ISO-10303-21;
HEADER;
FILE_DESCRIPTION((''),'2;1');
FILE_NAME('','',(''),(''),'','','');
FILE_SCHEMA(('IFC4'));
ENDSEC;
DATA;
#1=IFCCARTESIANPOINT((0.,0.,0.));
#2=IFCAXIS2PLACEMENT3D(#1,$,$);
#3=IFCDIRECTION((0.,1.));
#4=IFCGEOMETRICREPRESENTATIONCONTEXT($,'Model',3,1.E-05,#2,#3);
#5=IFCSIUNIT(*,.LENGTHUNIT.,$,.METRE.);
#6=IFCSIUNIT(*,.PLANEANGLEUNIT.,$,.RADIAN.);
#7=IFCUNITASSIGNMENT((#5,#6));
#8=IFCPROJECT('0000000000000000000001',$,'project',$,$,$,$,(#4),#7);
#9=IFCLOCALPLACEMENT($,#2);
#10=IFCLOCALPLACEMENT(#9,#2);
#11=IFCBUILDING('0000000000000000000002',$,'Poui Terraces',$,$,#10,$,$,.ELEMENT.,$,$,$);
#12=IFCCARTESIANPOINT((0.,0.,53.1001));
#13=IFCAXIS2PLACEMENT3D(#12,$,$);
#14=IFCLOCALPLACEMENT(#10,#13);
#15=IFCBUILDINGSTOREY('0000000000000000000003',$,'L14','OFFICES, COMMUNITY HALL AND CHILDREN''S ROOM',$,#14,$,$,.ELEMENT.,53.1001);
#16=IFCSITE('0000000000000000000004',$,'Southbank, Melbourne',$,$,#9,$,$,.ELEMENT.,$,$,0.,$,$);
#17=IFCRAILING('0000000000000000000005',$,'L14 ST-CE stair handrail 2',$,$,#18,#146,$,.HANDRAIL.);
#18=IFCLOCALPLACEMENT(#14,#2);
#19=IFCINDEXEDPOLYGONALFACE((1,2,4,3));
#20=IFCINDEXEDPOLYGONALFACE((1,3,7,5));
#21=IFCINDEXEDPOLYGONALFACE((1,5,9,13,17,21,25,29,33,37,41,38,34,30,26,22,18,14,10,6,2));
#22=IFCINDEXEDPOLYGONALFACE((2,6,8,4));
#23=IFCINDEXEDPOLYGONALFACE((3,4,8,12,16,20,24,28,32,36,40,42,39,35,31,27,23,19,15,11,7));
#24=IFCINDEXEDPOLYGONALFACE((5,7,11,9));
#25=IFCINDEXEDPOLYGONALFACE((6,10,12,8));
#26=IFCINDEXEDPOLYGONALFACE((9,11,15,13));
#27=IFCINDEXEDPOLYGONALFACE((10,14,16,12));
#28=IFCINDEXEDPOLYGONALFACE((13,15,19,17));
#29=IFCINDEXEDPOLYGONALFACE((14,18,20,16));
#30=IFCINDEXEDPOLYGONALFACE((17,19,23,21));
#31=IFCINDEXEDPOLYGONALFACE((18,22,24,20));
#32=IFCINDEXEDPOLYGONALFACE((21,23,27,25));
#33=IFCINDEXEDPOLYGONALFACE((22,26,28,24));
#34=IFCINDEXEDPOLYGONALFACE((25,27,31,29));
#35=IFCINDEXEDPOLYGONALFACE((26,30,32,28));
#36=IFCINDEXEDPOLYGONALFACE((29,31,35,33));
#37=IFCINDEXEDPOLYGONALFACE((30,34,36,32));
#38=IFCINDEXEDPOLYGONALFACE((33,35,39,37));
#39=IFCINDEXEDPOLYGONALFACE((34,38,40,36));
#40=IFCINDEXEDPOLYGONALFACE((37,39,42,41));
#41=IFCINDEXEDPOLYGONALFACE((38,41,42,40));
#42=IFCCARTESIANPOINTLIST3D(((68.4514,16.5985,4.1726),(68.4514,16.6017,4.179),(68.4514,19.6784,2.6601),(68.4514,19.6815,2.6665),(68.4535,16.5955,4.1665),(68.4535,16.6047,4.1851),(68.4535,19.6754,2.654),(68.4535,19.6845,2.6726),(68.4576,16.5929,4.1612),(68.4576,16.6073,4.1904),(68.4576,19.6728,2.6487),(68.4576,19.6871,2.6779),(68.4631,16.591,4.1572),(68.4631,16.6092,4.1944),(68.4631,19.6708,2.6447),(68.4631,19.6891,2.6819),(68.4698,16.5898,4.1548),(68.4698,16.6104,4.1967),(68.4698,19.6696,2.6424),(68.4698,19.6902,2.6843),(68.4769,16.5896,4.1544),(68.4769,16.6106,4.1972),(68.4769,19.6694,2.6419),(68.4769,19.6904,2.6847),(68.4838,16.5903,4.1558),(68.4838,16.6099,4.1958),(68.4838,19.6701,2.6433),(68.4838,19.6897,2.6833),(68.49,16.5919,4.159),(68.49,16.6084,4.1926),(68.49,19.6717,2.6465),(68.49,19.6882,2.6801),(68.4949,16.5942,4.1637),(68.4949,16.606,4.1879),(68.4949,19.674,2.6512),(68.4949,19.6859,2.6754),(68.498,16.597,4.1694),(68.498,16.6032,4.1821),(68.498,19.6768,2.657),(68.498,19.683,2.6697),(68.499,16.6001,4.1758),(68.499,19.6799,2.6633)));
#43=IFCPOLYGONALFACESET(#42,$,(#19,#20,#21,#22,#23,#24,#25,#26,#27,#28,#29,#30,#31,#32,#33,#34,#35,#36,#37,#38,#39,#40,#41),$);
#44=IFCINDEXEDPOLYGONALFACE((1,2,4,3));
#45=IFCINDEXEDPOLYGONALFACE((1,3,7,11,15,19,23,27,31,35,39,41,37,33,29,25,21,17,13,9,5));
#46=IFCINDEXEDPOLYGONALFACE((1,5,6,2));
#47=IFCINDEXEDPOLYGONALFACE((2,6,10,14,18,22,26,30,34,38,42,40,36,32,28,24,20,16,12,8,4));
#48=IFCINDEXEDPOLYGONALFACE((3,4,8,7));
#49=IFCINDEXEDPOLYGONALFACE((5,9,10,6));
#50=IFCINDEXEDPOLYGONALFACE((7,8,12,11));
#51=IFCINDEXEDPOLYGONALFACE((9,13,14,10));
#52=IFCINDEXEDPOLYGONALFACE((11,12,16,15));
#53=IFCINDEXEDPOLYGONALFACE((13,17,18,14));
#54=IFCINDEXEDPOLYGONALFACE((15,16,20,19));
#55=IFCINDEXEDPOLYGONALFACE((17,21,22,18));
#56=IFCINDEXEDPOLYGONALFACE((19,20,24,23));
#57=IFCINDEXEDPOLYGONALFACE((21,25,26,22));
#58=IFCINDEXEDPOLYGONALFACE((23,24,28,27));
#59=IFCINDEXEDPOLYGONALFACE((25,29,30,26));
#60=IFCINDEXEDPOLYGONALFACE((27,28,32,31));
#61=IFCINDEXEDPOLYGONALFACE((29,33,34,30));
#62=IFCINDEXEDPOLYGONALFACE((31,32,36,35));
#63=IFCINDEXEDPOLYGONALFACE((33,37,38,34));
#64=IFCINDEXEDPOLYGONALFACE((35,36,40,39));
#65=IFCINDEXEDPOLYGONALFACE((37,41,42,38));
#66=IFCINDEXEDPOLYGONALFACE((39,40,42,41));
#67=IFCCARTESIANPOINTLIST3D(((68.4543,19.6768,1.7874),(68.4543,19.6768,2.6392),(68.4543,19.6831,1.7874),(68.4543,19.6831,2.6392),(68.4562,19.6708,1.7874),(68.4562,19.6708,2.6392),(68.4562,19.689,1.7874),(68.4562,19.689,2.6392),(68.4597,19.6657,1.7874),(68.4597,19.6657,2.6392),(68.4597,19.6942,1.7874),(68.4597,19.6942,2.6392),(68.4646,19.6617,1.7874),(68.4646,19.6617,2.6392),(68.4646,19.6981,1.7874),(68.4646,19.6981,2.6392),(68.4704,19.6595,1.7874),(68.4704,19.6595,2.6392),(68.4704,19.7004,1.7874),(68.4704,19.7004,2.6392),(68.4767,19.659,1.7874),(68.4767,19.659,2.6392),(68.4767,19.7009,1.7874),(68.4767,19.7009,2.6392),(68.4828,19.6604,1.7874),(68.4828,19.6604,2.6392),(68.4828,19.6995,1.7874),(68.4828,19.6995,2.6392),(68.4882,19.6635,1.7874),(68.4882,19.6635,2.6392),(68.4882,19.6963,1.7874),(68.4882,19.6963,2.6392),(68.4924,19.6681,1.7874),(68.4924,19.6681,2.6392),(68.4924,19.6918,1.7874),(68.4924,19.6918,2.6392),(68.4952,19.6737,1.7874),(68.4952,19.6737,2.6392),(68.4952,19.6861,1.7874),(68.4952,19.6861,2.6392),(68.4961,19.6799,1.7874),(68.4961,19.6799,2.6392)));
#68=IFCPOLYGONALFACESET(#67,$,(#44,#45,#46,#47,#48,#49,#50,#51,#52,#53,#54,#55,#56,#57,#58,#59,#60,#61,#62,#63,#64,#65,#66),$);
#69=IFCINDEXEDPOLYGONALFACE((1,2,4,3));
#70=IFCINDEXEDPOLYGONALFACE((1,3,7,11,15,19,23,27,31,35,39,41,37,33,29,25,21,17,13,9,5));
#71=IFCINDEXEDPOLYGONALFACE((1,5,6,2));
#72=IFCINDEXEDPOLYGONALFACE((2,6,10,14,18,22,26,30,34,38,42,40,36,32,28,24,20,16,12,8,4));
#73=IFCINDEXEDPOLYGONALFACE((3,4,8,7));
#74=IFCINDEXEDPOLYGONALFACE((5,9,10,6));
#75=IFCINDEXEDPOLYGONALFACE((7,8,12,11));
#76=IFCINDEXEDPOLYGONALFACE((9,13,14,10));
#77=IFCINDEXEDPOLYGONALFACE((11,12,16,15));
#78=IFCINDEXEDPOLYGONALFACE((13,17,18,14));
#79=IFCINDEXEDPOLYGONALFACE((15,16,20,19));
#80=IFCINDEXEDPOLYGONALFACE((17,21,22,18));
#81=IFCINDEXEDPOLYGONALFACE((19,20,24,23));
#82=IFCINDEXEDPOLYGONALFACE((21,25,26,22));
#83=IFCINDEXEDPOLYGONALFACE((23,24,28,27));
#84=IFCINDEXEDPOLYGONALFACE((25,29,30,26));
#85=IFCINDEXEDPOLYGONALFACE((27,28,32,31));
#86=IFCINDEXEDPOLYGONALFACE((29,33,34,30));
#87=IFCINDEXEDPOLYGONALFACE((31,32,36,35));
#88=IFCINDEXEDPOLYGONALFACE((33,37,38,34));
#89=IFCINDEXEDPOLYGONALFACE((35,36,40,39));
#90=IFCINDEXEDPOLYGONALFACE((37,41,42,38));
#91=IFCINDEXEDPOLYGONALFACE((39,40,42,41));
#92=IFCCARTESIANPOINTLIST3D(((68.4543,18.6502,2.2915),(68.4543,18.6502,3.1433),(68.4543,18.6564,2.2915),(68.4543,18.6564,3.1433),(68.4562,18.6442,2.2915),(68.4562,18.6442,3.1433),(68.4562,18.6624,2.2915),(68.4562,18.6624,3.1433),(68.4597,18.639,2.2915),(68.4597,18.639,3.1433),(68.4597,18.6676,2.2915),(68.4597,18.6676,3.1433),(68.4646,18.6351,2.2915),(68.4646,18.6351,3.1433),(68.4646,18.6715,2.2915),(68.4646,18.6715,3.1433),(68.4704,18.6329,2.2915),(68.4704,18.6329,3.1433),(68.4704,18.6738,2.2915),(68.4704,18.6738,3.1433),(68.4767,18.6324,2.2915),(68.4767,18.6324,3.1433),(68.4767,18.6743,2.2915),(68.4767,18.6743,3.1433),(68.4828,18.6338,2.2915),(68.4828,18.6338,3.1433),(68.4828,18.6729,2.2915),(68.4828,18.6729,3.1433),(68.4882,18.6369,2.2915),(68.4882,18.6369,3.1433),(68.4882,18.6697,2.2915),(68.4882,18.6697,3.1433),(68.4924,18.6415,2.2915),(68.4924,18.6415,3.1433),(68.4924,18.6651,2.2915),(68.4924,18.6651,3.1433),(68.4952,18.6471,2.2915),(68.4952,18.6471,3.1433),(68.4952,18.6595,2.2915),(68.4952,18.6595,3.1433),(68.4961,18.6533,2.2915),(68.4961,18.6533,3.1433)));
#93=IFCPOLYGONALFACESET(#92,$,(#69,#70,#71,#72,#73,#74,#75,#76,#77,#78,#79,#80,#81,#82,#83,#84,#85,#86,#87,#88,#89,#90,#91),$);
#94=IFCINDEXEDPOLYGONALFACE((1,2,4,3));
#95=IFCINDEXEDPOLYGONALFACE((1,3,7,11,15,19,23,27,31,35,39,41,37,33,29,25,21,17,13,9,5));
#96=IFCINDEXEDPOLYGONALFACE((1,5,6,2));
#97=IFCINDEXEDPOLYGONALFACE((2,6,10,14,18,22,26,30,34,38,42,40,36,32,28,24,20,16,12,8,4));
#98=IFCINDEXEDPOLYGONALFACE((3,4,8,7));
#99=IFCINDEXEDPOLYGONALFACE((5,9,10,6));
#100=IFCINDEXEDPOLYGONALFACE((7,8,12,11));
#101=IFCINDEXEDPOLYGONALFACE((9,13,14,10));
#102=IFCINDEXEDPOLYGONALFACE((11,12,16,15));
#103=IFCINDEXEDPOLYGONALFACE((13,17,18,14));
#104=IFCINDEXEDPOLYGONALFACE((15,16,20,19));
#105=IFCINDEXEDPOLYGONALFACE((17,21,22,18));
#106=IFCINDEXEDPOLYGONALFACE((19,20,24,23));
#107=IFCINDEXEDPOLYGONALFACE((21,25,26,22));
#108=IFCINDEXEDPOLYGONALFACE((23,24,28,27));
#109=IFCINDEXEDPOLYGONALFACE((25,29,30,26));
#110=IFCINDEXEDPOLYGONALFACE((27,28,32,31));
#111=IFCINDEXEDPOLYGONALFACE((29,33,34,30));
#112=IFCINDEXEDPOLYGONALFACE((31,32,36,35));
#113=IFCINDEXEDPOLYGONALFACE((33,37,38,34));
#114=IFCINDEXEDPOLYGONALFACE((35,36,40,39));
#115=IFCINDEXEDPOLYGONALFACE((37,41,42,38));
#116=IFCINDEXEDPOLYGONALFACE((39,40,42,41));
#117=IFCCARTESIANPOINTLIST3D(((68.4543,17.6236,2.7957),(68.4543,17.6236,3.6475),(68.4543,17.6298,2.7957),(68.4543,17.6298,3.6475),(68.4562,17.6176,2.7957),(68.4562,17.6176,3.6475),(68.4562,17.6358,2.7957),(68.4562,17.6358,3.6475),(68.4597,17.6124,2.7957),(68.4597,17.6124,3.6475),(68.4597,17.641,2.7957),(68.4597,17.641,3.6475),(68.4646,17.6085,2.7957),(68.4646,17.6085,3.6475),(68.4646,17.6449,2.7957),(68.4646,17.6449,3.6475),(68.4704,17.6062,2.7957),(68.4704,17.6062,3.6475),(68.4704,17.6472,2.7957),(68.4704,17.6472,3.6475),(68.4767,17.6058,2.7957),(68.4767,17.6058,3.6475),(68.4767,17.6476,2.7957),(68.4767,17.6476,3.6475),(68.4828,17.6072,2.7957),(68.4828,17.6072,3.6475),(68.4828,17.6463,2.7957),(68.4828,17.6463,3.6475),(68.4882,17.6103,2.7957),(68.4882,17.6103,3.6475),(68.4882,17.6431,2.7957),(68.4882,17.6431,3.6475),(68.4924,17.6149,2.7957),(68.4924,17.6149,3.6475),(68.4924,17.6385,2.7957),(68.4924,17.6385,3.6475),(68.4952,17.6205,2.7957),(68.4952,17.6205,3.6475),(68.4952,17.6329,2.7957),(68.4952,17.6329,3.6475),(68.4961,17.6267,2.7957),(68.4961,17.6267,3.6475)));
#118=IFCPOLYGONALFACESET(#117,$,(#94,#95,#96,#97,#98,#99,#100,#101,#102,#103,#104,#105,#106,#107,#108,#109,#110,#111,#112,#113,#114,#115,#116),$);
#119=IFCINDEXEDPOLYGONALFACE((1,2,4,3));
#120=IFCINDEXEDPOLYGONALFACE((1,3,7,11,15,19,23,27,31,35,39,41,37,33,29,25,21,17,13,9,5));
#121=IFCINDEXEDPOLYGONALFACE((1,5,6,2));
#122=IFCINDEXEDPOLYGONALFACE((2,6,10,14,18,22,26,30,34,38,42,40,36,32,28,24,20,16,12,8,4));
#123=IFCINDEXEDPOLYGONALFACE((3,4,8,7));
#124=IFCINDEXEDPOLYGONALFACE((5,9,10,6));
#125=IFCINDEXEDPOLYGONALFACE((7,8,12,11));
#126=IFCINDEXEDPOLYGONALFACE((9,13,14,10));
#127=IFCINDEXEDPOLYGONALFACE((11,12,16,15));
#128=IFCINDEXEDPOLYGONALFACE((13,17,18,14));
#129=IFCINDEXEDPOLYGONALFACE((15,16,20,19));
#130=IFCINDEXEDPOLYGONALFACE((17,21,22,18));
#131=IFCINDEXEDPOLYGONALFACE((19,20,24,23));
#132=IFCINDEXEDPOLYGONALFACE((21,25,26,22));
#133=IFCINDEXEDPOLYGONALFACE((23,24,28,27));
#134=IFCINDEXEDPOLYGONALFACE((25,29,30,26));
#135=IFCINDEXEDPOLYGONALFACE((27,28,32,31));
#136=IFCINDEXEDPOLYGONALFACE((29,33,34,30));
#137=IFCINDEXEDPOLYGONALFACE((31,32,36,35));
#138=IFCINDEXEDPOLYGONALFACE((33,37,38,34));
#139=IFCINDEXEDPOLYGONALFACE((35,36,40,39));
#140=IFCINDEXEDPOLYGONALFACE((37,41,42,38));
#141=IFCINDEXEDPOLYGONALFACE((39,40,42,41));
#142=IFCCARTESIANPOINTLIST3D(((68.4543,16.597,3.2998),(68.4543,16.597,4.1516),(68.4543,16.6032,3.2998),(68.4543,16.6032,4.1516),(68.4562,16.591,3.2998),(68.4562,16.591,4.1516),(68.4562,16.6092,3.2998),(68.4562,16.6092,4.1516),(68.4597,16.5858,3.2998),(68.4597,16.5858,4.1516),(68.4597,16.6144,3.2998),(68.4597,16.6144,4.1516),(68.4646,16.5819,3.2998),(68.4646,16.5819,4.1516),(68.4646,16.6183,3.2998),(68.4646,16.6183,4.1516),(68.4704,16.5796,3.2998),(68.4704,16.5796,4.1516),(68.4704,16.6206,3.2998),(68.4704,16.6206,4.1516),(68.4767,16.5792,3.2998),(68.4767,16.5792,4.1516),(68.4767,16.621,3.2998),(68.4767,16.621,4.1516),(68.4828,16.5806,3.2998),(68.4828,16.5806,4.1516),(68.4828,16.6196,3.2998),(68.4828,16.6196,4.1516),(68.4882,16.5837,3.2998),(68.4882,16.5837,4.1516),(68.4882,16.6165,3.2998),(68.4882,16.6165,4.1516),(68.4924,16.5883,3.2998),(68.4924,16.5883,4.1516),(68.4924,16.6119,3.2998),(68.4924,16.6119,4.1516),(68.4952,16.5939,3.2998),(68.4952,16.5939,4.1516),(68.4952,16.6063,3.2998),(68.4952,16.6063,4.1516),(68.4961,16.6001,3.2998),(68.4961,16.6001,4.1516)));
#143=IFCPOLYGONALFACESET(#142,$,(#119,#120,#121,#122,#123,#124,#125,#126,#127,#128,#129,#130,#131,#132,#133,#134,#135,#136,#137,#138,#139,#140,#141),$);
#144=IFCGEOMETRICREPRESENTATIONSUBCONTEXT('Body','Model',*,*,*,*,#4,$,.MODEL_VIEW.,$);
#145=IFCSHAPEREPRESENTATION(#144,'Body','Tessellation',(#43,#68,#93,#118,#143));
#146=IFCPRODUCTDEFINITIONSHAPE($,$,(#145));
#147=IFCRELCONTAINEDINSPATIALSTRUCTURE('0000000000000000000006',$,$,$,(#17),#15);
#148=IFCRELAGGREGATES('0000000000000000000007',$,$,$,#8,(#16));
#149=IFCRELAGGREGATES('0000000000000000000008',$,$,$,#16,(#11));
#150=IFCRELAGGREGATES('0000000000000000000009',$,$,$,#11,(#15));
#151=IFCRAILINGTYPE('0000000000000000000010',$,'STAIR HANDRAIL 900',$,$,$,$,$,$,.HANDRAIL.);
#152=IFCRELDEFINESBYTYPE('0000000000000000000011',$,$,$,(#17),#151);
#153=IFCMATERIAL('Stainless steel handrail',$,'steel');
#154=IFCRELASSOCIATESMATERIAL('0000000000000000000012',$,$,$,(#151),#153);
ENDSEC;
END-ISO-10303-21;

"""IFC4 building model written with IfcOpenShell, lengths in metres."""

from ifc_helpers import new_model, si_unit, direction, frame, origin, origin_2d, place, context, subcontext, project, spatial, circle, extrude, material, type_object, element, save


model = new_model("IFC4")

# Units and contexts
model_context = context("Model", 3, precision=1e-05, world=origin(), true_north=direction((0.0, 1.0)))
body_context = subcontext(model_context, "Body", "Model", "MODEL_VIEW")
ifc_project = project(units=[si_unit("LENGTHUNIT", "METRE"), si_unit("PLANEANGLEUNIT", "RADIAN")], contexts=[model_context])

# Site, building, storey
site_placement = place(None, origin())
site = spatial("IfcSite", under=ifc_project, at=site_placement, Name="Southbank, Melbourne", CompositionType="ELEMENT", RefElevation=0.0)
building_placement = place(site_placement, origin())
building = spatial("IfcBuilding", under=site, at=building_placement, Name="Poui Terraces", CompositionType="ELEMENT")
storey_placement = place(building_placement, frame((0.0, 0.0, 53.1001)))
storey = spatial("IfcBuildingStorey", under=building, at=storey_placement, Name="L14", Description="OFFICES, COMMUNITY HALL AND CHILDREN'S ROOM", CompositionType="ELEMENT", Elevation=53.1001)

# Railing
ifc_material_1 = material(Name="Stainless steel handrail", Category="steel")
railing_type_1 = type_object("IfcRailingType", Name="STAIR HANDRAIL 900", PredefinedType="HANDRAIL", material=ifc_material_1)
railing_1_placement = place(storey_placement, frame((68.4751, 19.6799, 1.7874)))
element("IfcRailing", 1, at=railing_1_placement, inside=storey, type_object=railing_type_1, Name="L14 ST-CE stair handrail 2", PredefinedType="HANDRAIL", context=body_context, shape_type="SweptSolid", body=[
    extrude(circle(Radius=0.0239, at=origin_2d()), frame((0.0, 0.0, 0.876), z_axis=(0.0, -0.897606, 0.440798), x_axis=(1.0, 0.0, 0.0)), (0.0, 0.0, 1.0), 3.4312),
    extrude(circle(Radius=0.021, at=origin_2d()), origin(), (0.0, 0.0, 1.0), 0.8518),
    extrude(circle(Radius=0.021, at=origin_2d()), frame((0.0, -1.0266, 0.5042)), (0.0, 0.0, 1.0), 0.8518),
    extrude(circle(Radius=0.021, at=origin_2d()), frame((0.0, -2.0532, 1.0083)), (0.0, 0.0, 1.0), 0.8518),
    extrude(circle(Radius=0.021, at=origin_2d()), frame((0.0, -3.0798, 1.5125)), (0.0, 0.0, 1.0), 0.8518),
])

save(model, "model.ifc")
